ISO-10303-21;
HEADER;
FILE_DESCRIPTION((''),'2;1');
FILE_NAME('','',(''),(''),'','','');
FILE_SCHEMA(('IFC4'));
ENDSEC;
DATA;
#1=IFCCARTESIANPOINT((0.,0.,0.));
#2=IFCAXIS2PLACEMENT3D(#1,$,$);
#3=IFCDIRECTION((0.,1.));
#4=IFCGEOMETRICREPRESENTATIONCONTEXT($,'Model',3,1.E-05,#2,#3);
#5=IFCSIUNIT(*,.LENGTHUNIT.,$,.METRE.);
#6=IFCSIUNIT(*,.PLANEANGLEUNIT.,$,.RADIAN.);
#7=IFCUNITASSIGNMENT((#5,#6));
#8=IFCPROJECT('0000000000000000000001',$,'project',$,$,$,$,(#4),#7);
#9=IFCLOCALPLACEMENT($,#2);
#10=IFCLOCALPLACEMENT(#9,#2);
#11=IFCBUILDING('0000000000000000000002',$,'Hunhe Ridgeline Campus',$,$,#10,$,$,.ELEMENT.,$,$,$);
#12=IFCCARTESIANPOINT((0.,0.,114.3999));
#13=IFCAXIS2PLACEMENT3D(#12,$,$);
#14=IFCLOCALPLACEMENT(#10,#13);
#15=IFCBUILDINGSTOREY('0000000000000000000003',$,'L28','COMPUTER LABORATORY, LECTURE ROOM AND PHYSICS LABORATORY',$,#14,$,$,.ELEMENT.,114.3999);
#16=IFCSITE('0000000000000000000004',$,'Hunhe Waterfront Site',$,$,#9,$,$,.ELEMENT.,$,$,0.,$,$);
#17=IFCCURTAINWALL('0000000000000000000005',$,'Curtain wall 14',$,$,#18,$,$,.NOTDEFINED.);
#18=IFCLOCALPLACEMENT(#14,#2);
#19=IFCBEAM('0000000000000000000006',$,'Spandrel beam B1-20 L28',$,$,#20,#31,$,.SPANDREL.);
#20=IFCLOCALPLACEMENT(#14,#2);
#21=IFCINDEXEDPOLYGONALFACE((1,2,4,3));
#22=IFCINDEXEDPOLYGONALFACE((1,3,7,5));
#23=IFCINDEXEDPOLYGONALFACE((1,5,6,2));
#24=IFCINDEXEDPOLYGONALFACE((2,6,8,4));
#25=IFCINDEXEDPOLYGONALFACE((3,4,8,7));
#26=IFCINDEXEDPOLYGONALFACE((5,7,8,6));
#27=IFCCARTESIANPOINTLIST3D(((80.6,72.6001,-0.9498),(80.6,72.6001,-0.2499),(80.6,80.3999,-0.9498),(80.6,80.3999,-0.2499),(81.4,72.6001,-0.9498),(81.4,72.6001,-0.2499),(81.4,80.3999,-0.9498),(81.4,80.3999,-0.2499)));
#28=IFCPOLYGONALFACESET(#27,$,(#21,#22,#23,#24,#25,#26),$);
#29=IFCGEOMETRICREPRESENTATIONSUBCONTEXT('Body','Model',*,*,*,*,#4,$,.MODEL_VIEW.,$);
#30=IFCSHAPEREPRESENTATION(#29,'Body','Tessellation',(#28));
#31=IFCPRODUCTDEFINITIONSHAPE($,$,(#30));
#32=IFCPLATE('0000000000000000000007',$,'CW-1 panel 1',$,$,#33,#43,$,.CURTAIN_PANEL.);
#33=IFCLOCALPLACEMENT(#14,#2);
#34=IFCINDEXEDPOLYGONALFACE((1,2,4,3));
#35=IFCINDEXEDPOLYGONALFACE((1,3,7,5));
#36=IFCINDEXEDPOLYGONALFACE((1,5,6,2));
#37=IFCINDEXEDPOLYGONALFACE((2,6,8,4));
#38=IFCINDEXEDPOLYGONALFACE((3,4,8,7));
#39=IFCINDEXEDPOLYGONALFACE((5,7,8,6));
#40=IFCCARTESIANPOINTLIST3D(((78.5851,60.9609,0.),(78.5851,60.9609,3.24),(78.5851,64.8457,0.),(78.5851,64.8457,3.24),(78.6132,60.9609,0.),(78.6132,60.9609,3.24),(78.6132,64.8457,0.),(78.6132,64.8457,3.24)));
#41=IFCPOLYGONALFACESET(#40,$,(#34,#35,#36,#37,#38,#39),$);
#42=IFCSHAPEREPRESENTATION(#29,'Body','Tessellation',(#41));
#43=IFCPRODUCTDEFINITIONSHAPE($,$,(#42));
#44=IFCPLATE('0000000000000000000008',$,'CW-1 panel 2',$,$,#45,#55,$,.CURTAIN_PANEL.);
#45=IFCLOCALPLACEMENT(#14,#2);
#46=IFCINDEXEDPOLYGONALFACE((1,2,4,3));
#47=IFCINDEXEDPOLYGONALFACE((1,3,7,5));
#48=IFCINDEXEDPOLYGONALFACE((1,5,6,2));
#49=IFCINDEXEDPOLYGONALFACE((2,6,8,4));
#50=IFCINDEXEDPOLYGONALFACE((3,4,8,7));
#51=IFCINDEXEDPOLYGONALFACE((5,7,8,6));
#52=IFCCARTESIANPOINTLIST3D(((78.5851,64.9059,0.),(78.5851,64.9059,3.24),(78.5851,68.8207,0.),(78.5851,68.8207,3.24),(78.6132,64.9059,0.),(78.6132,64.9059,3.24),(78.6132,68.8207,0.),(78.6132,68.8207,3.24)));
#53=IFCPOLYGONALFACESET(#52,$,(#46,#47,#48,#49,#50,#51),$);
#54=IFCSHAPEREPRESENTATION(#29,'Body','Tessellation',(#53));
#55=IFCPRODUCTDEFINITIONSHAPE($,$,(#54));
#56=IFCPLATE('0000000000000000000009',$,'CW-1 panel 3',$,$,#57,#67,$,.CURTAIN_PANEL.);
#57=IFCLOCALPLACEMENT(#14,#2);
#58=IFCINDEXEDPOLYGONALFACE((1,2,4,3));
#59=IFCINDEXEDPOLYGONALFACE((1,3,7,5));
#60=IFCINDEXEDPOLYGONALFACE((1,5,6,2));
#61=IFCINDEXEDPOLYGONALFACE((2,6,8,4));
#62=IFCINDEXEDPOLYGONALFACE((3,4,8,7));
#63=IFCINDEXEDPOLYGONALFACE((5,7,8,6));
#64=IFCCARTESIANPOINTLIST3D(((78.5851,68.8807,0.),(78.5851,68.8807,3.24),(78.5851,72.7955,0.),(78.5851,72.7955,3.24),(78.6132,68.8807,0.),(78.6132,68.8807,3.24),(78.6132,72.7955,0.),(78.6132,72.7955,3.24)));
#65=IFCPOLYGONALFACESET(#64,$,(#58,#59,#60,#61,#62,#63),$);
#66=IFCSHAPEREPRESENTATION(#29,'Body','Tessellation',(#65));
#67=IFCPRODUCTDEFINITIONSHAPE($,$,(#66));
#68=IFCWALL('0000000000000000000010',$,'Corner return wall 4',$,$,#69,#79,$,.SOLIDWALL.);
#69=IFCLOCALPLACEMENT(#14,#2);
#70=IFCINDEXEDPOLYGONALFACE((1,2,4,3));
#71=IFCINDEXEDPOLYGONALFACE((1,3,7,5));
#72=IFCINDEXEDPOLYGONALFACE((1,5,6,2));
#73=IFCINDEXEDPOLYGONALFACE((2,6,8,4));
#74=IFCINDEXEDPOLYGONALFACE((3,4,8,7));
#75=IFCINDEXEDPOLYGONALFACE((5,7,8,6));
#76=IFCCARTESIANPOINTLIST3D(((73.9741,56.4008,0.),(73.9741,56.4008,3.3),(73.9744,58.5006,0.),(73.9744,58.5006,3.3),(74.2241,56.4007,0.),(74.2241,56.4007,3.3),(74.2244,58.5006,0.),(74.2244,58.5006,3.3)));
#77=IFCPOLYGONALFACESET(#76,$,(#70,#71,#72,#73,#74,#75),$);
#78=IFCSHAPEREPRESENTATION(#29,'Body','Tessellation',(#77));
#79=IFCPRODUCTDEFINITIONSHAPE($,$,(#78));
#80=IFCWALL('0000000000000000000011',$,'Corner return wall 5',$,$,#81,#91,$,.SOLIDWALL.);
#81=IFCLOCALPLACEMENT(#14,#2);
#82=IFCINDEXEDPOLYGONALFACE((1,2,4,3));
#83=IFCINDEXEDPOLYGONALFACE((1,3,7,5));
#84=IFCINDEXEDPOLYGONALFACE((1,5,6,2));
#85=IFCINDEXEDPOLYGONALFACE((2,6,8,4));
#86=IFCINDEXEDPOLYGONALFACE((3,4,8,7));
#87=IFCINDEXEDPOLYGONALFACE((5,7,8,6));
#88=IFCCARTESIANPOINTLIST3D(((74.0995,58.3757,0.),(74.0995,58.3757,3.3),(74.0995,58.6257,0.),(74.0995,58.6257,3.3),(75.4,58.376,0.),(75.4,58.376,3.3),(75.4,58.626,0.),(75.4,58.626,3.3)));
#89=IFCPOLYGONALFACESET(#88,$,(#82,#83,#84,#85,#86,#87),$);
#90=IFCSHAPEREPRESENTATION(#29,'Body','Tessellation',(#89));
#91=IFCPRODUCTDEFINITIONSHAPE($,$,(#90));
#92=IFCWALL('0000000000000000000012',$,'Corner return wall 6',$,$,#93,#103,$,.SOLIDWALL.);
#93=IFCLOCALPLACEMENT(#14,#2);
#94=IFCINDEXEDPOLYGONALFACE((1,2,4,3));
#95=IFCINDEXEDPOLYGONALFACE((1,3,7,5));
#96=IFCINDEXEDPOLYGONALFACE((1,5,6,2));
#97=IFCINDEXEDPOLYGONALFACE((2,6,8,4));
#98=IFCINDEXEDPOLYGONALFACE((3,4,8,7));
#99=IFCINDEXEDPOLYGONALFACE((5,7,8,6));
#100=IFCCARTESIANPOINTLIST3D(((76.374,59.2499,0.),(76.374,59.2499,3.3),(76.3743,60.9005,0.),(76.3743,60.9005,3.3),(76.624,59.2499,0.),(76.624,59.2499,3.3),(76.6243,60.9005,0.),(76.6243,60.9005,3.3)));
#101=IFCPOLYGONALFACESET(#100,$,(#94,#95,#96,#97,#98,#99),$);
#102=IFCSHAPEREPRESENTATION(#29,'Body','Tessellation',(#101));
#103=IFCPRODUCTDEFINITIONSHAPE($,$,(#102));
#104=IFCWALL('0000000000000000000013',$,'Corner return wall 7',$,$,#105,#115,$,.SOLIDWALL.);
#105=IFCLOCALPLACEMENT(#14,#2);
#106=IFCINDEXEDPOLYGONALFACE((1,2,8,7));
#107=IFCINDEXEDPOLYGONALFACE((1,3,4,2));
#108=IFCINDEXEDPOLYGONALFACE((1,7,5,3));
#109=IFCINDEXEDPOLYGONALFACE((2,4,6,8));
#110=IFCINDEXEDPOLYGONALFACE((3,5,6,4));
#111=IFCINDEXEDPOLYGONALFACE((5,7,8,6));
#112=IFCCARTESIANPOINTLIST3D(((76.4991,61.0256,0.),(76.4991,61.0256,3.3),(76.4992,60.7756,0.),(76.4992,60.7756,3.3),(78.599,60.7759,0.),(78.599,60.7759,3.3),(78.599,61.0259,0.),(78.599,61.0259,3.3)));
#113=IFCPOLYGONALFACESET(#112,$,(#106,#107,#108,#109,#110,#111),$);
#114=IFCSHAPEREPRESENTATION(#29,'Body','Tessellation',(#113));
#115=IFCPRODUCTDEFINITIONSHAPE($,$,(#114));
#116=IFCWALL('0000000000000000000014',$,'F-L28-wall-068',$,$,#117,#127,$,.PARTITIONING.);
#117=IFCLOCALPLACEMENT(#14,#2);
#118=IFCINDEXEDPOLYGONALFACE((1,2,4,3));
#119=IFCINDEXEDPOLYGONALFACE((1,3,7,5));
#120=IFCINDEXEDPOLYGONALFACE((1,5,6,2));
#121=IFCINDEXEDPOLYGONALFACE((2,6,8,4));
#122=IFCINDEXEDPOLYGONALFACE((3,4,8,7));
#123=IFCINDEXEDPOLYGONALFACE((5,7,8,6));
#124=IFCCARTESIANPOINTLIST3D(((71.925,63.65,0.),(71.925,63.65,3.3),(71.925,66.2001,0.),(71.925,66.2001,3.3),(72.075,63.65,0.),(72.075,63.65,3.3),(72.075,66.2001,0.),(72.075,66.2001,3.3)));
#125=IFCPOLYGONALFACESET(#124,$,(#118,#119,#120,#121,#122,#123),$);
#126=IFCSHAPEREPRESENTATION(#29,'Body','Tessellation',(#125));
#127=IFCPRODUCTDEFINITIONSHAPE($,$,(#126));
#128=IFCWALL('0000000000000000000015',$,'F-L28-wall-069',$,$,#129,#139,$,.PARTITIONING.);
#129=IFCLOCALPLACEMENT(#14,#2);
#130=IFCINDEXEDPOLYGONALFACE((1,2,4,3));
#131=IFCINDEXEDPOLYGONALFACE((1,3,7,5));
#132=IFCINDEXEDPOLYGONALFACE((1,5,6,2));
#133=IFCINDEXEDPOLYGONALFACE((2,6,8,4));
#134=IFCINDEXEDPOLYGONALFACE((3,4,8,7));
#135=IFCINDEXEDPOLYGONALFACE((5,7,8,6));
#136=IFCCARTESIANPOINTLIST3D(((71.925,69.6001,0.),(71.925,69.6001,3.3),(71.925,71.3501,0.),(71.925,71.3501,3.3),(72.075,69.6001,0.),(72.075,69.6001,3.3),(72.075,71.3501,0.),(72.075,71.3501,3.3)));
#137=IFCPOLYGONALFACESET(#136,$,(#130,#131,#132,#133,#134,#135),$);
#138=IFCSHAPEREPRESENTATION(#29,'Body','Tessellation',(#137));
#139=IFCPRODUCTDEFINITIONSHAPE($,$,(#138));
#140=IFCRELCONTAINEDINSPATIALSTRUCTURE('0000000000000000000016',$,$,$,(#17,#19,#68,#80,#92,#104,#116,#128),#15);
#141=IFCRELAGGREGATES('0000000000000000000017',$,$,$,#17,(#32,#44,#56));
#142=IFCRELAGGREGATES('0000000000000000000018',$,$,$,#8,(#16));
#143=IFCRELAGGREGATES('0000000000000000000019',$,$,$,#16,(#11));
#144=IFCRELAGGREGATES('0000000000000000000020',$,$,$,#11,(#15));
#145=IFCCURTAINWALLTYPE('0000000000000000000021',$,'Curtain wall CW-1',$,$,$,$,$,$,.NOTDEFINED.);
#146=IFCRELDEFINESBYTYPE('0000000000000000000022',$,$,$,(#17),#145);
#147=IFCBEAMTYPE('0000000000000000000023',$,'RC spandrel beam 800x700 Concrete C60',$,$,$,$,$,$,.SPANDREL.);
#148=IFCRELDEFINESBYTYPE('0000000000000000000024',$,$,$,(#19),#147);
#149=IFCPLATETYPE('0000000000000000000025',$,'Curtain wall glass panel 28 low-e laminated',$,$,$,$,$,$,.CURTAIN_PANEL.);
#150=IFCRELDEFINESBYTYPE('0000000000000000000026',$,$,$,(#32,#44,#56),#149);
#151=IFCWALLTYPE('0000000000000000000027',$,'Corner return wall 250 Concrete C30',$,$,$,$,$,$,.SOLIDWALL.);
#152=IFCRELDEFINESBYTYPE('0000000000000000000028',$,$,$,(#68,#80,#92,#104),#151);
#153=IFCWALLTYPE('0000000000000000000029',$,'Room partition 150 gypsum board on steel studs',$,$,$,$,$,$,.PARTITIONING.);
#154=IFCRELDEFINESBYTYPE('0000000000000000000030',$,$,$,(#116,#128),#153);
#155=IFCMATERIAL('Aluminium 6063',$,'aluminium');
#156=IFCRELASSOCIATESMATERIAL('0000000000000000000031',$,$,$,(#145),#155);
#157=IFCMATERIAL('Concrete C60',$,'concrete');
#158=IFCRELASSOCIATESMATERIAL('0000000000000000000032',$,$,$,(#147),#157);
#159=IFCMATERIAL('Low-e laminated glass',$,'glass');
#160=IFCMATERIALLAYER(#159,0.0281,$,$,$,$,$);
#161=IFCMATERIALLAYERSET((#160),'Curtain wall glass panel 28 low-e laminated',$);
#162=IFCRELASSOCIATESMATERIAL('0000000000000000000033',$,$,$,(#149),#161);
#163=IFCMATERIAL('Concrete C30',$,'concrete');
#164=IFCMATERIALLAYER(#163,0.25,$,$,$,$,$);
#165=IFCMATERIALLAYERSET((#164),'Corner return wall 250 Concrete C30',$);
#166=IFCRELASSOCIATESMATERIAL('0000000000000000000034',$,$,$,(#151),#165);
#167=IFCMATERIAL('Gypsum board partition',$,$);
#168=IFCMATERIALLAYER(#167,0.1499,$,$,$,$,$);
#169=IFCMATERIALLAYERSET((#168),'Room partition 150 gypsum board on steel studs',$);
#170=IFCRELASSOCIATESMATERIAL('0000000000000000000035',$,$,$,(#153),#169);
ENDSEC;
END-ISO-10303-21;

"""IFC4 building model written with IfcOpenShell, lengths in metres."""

from ifc_helpers import new_model, si_unit, direction, frame, frame_2d, origin, origin_2d, place, context, subcontext, project, spatial, rectangle, extrude, material, layer, layer_set, material_profile, profile_set, type_object, element, aggregate, save


model = new_model("IFC4")

# Units and contexts
model_context = context("Model", 3, precision=1e-05, world=origin(), true_north=direction((0.0, 1.0)))
body_context = subcontext(model_context, "Body", "Model", "MODEL_VIEW")
ifc_project = project(units=[si_unit("LENGTHUNIT", "METRE"), si_unit("PLANEANGLEUNIT", "RADIAN")], contexts=[model_context])

# Site, building, storey
site_placement = place(None, origin())
site = spatial("IfcSite", under=ifc_project, at=site_placement, Name="Hunhe Waterfront Site", CompositionType="ELEMENT", RefElevation=0.0)
building_placement = place(site_placement, origin())
building = spatial("IfcBuilding", under=site, at=building_placement, Name="Hunhe Ridgeline Campus", CompositionType="ELEMENT")
storey_placement = place(building_placement, frame((0.0, 0.0, 114.3999)))
storey = spatial("IfcBuildingStorey", under=building, at=storey_placement, Name="L28", Description="COMPUTER LABORATORY, LECTURE ROOM AND PHYSICS LABORATORY", CompositionType="ELEMENT", Elevation=114.3999)

# Shared definitions
ifc_material_1 = material(Name="Aluminium 6063", Category="aluminium")
curtain_wall_type = type_object("IfcCurtainWallType", Name="Curtain wall CW-1", PredefinedType="NOTDEFINED", material=ifc_material_1)

# Curtain wall
curtain_wall_1_placement = place(storey_placement, origin())
curtain_wall_1 = element("IfcCurtainWall", 1, at=curtain_wall_1_placement, inside=storey, type_object=curtain_wall_type, Name="Curtain wall 14", PredefinedType="NOTDEFINED")

# Beam
ifc_material_2 = material(Name="Concrete C60", Category="concrete")
ifc_material_profile_1 = material_profile(ifc_material_2, rectangle(XDim=0.8, YDim=0.7, at=origin_2d()))
ifc_profile_set_1 = profile_set([ifc_material_profile_1], Name="Concrete C60")
beam_type = type_object("IfcBeamType", Name="RC spandrel beam 800x700 Concrete C60", PredefinedType="SPANDREL", material=ifc_profile_set_1)
for number, where, z_axis, x_axis, name in (
    (2, (81.0, 72.6001, -0.5999), (0.0, 1.0, 0.0), (-1.0, 0.0, 0.0), "Spandrel beam B1-20 L28"),
):
    element("IfcBeam", number, at=place(storey_placement, frame(where, z_axis=z_axis, x_axis=x_axis)), inside=storey, type_object=beam_type, Name=name, PredefinedType="SPANDREL", context=body_context, shape_type="SweptSolid", body=[
        extrude(rectangle(XDim=0.8, YDim=0.7, at=origin_2d()), origin(), (0.0, 0.0, 1.0), 7.7998),
    ])

# Plates
ifc_material_3 = material(Name="Low-e laminated glass", Category="glass")
ifc_layer_1 = layer(ifc_material_3, 0.0281)
ifc_layer_set_1 = layer_set([ifc_layer_1], Name="Curtain wall glass panel 28 low-e laminated")
plate_type = type_object("IfcPlateType", Name="Curtain wall glass panel 28 low-e laminated", PredefinedType="CURTAIN_PANEL", material=ifc_layer_set_1)
plate_1_placement = place(storey_placement, frame((78.5991, 62.9033, 0.0), z_axis=(0.0, 0.0, 1.0), x_axis=(0.0, 1.0, 0.0)))
plate_1 = element("IfcPlate", 3, at=plate_1_placement, type_object=plate_type, Name="CW-1 panel 1", PredefinedType="CURTAIN_PANEL", context=body_context, shape_type="SweptSolid", body=[
    extrude(rectangle(XDim=3.8848, YDim=0.0281, at=origin_2d()), origin(), (0.0, 0.0, 1.0), 3.24),
])
plate_2_placement = place(storey_placement, frame((78.5991, 66.8633, 0.0), z_axis=(0.0, 0.0, 1.0), x_axis=(0.0, 1.0, 0.0)))
plate_2 = element("IfcPlate", 4, at=plate_2_placement, type_object=plate_type, Name="CW-1 panel 2", PredefinedType="CURTAIN_PANEL", context=body_context, shape_type="SweptSolid", body=[
    extrude(rectangle(XDim=3.9148, YDim=0.0281, at=origin_2d()), origin(), (0.0, 0.0, 1.0), 3.24),
])
plate_3_placement = place(storey_placement, frame((78.5991, 70.8381, 0.0), z_axis=(0.0, 0.0, 1.0), x_axis=(0.0, 1.0, 0.0)))
plate_3 = element("IfcPlate", 5, at=plate_3_placement, type_object=plate_type, Name="CW-1 panel 3", PredefinedType="CURTAIN_PANEL", context=body_context, shape_type="SweptSolid", body=[
    extrude(rectangle(XDim=3.9148, YDim=0.0281, at=origin_2d()), origin(), (0.0, 0.0, 1.0), 3.24),
])
aggregate(curtain_wall_1, [plate_1, plate_2, plate_3])

# Walls
ifc_material_4 = material(Name="Concrete C30", Category="concrete")
ifc_layer_2 = layer(ifc_material_4, 0.25)
ifc_layer_set_2 = layer_set([ifc_layer_2], Name="Corner return wall 250 Concrete C30")
wall_type_1 = type_object("IfcWallType", Name="Corner return wall 250 Concrete C30", PredefinedType="SOLIDWALL", material=ifc_layer_set_2)
wall_1_placement = place(storey_placement, frame((74.0991, 56.4009, 0.0), z_axis=(0.0, 0.0, 1.0), x_axis=(0.000116, 1.0, 0.0)))
element("IfcWall", 6, at=wall_1_placement, inside=storey, type_object=wall_type_1, Name="Corner return wall 4", PredefinedType="SOLIDWALL", context=body_context, shape_type="SweptSolid", body=[
    extrude(rectangle(XDim=2.0999, YDim=0.25, at=frame_2d((1.0498, 0.0))), origin(), (0.0, 0.0, 1.0), 3.3),
])
wall_2_placement = place(storey_placement, frame((74.0994, 58.5007, 0.0), z_axis=(0.0, 0.0, 1.0), x_axis=(1.0, 0.000188, 0.0)))
element("IfcWall", 7, at=wall_2_placement, inside=storey, type_object=wall_type_1, Name="Corner return wall 5", PredefinedType="SOLIDWALL", context=body_context, shape_type="SweptSolid", body=[
    extrude(rectangle(XDim=1.3005, YDim=0.25, at=frame_2d((0.6504, 0.0))), origin(), (0.0, 0.0, 1.0), 3.3),
])
wall_3_placement = place(storey_placement, frame((76.499, 59.25, 0.0), z_axis=(0.0, 0.0, 1.0), x_axis=(0.000148, 1.0, 0.0)))
element("IfcWall", 8, at=wall_3_placement, inside=storey, type_object=wall_type_1, Name="Corner return wall 6", PredefinedType="SOLIDWALL", context=body_context, shape_type="SweptSolid", body=[
    extrude(rectangle(XDim=1.6506, YDim=0.25, at=frame_2d((0.8252, 0.0))), origin(), (0.0, 0.0, 1.0), 3.3),
])
wall_4_placement = place(storey_placement, frame((76.4993, 60.9006, 0.0), z_axis=(0.0, 0.0, 1.0), x_axis=(1.0, 0.000116, 0.0)))
element("IfcWall", 9, at=wall_4_placement, inside=storey, type_object=wall_type_1, Name="Corner return wall 7", PredefinedType="SOLIDWALL", context=body_context, shape_type="SweptSolid", body=[
    extrude(rectangle(XDim=2.0999, YDim=0.25, at=frame_2d((1.0498, 0.0))), origin(), (0.0, 0.0, 1.0), 3.3),
])

# Shared definitions
ifc_material_5 = material(Name="Gypsum board partition")

# Walls
ifc_layer_3 = layer(ifc_material_5, 0.1499)
ifc_layer_set_3 = layer_set([ifc_layer_3], Name="Room partition 150 gypsum board on steel studs")
wall_type_2 = type_object("IfcWallType", Name="Room partition 150 gypsum board on steel studs", PredefinedType="PARTITIONING", material=ifc_layer_set_3)
wall_5_placement = place(storey_placement, frame((72.0, 66.2, 0.0), z_axis=(0.0, 0.0, 1.0), x_axis=(0.0, -1.0, 0.0)))
element("IfcWall", 10, at=wall_5_placement, inside=storey, type_object=wall_type_2, Name="F-L28-wall-068", PredefinedType="PARTITIONING", context=body_context, shape_type="SweptSolid", body=[
    extrude(rectangle(XDim=2.55, YDim=0.1499, at=frame_2d((1.2749, 0.0))), origin(), (0.0, 0.0, 1.0), 3.3),
])
wall_6_placement = place(storey_placement, frame((72.0, 71.3501, 0.0), z_axis=(0.0, 0.0, 1.0), x_axis=(0.0, -1.0, 0.0)))
element("IfcWall", 11, at=wall_6_placement, inside=storey, type_object=wall_type_2, Name="F-L28-wall-069", PredefinedType="PARTITIONING", context=body_context, shape_type="SweptSolid", body=[
    extrude(rectangle(XDim=1.75, YDim=0.1499, at=frame_2d((0.875, 0.0))), origin(), (0.0, 0.0, 1.0), 3.3),
])

save(model, "model.ifc")
